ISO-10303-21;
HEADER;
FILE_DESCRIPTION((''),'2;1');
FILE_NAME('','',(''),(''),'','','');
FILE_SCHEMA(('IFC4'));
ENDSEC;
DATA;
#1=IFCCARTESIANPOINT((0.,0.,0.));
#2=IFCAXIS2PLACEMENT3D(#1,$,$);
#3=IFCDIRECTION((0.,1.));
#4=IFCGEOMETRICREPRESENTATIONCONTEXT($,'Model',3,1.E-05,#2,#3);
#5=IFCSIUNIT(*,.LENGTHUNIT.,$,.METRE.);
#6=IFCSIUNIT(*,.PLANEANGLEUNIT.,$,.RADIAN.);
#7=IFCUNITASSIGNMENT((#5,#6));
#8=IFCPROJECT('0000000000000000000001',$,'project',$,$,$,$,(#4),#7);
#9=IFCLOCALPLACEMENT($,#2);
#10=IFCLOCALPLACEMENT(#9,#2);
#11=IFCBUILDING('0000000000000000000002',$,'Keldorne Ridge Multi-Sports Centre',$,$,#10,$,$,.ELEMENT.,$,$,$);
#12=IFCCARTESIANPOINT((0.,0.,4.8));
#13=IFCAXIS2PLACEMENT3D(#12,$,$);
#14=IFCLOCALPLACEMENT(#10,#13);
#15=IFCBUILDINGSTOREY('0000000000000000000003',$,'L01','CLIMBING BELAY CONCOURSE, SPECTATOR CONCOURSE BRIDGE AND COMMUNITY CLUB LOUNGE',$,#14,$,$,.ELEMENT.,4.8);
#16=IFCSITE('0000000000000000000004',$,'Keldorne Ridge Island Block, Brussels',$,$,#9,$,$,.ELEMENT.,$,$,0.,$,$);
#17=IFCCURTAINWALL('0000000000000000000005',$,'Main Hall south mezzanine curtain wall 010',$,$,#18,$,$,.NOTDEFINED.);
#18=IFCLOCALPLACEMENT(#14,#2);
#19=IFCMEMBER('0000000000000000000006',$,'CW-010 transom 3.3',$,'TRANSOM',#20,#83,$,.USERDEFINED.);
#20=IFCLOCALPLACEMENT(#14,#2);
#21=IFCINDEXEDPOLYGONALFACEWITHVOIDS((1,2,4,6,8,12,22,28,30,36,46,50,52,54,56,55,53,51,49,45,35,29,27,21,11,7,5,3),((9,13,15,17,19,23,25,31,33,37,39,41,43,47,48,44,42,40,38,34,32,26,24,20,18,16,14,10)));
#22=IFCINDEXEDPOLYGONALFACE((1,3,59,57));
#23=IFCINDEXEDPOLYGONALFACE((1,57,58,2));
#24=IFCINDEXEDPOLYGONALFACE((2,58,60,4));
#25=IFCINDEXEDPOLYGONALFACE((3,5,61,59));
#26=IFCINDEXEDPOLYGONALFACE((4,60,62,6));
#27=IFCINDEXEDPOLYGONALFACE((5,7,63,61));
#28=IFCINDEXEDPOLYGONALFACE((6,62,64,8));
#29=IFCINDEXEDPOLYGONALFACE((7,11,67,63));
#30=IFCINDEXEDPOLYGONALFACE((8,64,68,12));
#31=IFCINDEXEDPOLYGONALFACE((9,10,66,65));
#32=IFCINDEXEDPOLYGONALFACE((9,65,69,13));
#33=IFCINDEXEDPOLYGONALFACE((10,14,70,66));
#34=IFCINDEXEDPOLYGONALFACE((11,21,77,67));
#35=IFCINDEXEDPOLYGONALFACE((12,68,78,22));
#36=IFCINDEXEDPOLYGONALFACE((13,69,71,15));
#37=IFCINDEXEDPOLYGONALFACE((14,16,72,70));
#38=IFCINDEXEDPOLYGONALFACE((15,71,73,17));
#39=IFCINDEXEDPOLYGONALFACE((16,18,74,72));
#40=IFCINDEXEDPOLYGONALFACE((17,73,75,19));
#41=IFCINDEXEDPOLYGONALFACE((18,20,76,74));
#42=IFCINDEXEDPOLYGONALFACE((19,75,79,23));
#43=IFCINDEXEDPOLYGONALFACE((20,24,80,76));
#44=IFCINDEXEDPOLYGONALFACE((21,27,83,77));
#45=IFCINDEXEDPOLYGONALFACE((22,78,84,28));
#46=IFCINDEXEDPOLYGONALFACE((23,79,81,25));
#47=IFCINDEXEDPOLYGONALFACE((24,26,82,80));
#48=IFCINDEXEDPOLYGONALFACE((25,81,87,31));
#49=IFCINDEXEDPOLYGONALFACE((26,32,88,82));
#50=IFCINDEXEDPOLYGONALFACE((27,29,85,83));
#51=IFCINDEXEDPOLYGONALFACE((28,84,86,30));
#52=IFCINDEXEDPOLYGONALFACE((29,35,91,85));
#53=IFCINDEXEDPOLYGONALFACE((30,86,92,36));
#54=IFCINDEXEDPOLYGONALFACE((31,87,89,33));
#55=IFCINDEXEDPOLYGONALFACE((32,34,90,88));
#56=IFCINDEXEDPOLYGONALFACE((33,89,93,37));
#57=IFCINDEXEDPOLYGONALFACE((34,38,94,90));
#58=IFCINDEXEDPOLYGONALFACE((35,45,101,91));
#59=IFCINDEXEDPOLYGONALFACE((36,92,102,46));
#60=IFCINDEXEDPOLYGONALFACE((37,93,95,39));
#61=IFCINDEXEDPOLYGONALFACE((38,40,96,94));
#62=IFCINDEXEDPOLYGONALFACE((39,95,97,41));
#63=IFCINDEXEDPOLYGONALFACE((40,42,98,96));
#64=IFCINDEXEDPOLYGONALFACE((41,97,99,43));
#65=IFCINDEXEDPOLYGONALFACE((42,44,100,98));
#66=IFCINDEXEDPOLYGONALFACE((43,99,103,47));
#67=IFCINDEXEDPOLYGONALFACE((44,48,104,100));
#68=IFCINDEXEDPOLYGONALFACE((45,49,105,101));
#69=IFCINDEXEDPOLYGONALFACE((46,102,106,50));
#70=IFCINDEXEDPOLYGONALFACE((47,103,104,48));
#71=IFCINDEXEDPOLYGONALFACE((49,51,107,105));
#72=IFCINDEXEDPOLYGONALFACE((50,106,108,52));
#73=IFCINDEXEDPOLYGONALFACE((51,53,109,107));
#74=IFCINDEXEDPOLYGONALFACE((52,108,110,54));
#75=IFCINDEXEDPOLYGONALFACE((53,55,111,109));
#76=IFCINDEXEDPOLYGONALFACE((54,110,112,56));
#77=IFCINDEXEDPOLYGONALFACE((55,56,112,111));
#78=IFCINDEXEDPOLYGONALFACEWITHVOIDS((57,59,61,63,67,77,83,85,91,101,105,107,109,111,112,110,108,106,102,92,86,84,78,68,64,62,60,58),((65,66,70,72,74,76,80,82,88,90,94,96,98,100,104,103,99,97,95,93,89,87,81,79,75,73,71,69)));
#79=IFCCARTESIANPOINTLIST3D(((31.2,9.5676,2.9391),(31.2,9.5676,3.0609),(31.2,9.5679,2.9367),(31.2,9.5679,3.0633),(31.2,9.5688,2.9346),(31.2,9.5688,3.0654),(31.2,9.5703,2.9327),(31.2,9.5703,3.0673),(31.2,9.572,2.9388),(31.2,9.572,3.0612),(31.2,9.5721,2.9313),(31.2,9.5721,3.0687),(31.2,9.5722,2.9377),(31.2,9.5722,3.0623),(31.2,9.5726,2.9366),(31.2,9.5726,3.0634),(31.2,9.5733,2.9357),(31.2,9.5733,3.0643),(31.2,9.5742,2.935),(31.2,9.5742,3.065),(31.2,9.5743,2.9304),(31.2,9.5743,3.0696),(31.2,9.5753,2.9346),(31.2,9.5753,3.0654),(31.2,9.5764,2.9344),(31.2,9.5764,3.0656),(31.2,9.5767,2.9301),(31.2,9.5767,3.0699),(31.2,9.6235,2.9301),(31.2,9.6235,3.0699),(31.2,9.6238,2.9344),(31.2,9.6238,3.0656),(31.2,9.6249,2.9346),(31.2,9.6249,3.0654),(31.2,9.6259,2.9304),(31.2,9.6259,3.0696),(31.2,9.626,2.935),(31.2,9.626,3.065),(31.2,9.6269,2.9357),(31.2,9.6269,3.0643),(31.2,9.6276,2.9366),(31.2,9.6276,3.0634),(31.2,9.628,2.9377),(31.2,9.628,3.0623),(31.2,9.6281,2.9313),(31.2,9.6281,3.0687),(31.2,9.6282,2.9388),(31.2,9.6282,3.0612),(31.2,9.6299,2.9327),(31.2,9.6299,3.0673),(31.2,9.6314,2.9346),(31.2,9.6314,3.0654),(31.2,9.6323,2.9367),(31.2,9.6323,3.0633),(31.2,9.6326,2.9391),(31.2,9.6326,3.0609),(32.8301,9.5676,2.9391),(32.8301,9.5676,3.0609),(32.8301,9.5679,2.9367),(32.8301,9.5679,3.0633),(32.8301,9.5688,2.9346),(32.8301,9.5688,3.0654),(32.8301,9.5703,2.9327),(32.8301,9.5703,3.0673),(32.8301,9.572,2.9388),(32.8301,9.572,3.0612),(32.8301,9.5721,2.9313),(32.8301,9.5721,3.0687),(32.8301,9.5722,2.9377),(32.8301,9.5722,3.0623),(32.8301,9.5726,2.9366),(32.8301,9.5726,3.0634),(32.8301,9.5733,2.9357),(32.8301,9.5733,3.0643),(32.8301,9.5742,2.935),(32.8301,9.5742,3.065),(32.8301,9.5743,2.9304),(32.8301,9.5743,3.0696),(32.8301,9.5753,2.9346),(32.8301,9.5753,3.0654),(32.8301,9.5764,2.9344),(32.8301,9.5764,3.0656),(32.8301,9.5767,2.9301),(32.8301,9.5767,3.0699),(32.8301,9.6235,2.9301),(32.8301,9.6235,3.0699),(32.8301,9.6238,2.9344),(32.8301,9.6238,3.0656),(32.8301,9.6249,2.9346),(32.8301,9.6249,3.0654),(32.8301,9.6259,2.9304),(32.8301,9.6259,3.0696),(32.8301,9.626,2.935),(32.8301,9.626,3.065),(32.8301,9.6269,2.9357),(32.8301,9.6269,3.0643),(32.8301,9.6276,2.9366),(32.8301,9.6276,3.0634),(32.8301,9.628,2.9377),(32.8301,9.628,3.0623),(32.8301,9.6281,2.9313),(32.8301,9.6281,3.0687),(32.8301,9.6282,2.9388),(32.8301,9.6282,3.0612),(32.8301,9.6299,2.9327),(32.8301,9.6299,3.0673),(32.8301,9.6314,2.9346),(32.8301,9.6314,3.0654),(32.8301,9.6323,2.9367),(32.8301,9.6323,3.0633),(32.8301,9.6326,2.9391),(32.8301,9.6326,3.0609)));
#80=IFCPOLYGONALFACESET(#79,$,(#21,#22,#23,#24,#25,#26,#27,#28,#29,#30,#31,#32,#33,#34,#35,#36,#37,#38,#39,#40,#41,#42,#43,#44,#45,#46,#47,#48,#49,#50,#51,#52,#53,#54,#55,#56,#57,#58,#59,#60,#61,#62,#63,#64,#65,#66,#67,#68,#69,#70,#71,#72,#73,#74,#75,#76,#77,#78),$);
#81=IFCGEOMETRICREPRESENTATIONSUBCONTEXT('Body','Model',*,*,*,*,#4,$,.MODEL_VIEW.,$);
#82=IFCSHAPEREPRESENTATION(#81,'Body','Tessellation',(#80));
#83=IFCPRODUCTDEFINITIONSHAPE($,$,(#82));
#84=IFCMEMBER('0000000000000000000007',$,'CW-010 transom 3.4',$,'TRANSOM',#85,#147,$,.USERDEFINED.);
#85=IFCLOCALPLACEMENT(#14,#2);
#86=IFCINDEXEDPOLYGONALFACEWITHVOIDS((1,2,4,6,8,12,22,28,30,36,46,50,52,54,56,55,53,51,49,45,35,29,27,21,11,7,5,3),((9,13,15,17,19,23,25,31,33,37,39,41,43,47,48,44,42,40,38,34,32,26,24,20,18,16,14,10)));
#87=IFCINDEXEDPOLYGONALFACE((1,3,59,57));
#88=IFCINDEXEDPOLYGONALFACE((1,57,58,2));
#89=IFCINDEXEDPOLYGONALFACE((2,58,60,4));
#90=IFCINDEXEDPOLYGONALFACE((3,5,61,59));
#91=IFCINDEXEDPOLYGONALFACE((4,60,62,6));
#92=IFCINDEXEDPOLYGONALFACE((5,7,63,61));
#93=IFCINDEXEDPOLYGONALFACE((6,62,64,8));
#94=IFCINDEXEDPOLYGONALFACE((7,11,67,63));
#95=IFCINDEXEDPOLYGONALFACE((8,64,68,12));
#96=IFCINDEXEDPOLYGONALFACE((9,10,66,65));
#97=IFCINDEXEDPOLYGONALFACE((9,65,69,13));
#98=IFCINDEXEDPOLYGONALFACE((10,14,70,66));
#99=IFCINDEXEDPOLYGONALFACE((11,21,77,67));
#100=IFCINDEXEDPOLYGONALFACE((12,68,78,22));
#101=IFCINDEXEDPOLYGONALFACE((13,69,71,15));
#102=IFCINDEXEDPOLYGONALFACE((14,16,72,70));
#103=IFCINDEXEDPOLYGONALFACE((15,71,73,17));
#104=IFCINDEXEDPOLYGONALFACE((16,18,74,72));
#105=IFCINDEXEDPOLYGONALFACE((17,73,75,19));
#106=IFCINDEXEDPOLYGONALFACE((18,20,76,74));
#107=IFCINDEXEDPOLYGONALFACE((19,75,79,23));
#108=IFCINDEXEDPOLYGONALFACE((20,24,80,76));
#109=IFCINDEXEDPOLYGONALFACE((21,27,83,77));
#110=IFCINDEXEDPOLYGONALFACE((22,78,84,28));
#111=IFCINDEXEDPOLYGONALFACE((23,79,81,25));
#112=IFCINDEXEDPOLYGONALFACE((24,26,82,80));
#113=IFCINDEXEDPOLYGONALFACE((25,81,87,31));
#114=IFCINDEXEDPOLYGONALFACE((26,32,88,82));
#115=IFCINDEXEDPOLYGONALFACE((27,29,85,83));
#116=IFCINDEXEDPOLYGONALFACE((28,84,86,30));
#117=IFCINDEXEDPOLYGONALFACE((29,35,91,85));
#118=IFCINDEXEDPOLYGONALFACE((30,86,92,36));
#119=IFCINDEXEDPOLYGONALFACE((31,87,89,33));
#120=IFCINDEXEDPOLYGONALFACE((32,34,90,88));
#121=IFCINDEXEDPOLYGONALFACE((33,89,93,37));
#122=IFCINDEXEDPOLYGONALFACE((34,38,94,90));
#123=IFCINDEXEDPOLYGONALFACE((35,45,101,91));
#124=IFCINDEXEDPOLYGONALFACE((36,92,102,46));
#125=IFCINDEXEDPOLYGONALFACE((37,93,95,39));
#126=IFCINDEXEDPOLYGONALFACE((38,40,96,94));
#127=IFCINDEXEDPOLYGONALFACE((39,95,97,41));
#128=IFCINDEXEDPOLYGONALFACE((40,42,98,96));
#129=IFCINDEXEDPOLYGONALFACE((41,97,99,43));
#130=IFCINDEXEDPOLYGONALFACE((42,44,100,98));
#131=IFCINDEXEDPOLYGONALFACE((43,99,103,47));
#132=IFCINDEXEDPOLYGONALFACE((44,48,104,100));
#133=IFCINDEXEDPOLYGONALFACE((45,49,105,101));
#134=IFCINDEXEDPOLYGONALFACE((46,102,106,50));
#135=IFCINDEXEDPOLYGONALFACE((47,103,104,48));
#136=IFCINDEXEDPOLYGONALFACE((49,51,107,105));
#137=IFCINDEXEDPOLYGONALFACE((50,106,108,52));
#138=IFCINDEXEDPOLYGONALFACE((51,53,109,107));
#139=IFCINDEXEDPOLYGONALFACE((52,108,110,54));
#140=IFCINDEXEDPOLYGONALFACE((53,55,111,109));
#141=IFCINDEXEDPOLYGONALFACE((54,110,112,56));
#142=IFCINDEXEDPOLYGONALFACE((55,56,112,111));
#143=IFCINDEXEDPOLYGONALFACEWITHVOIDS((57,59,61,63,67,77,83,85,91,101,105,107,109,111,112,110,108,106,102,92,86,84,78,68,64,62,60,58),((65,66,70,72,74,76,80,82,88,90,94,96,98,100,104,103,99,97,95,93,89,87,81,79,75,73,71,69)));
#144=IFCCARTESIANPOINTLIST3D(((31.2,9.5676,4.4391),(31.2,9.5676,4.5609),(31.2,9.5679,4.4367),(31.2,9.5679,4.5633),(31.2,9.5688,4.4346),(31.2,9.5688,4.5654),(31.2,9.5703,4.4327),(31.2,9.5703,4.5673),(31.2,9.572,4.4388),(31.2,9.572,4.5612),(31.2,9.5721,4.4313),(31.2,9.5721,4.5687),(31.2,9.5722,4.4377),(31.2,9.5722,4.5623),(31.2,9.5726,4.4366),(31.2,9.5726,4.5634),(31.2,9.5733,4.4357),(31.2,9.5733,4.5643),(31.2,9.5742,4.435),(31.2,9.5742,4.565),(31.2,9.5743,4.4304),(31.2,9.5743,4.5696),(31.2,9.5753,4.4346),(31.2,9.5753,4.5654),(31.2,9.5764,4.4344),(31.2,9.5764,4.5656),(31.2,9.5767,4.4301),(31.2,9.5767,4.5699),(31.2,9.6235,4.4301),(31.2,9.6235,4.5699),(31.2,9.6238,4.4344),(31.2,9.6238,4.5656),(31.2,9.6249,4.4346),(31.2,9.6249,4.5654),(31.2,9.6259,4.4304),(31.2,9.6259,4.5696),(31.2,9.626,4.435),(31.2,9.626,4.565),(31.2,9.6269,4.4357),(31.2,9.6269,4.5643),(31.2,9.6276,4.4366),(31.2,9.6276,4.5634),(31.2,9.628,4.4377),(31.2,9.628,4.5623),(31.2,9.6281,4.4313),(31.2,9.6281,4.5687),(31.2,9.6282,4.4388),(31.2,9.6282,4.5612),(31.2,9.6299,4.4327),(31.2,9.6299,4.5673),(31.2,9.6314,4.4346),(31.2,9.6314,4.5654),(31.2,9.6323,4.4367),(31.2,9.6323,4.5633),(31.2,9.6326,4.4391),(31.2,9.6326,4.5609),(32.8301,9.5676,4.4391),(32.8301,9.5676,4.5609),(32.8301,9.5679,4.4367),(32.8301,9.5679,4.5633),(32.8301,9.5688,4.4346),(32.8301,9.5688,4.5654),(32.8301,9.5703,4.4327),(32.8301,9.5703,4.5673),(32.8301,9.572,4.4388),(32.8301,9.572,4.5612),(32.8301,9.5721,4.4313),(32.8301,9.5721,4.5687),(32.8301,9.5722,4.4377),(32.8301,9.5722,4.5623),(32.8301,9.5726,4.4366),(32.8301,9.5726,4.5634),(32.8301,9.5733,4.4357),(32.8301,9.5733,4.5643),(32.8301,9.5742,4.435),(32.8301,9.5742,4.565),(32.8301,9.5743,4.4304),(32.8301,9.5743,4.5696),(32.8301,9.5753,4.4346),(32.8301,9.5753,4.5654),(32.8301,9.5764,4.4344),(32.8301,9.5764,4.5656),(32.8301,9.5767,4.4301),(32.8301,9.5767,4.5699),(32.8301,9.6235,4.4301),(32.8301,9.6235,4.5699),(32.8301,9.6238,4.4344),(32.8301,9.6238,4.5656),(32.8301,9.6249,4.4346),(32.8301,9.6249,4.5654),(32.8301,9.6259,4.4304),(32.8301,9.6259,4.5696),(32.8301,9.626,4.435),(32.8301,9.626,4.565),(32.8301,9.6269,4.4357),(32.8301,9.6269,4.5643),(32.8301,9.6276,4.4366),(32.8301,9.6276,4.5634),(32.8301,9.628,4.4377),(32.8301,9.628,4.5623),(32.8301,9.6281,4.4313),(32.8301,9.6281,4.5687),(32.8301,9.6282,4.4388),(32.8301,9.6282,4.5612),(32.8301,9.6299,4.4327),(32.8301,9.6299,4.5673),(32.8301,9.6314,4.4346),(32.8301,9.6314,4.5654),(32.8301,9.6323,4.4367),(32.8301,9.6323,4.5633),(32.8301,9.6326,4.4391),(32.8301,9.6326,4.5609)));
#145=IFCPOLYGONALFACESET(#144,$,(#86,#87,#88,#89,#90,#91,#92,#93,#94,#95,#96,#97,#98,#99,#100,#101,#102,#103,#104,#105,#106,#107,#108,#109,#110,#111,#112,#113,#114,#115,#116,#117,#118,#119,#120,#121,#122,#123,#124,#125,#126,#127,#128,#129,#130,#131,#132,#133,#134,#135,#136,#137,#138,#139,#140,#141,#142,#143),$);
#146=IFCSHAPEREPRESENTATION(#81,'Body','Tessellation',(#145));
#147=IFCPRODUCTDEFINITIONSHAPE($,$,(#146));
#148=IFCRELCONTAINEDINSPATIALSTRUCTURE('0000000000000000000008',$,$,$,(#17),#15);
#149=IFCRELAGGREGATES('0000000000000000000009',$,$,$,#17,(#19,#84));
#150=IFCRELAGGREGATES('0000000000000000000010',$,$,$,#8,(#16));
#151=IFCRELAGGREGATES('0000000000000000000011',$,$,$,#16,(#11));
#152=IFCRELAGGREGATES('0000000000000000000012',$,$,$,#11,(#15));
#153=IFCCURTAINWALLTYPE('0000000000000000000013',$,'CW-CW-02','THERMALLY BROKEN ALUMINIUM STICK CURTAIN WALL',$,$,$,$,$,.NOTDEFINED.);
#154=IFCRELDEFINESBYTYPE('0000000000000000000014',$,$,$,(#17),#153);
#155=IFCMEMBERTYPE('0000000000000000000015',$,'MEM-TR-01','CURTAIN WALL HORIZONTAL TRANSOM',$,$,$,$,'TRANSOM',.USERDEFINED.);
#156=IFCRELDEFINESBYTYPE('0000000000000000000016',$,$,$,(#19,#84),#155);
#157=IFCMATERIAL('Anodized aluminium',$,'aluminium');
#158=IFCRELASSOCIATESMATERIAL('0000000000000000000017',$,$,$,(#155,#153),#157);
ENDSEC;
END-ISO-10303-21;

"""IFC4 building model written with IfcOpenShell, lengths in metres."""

from ifc_helpers import new_model, si_unit, direction, frame, origin, origin_2d, place, context, subcontext, project, spatial, hollow_rectangle, extrude, material, material_profile, profile_set, type_object, element, aggregate, save


model = new_model("IFC4")

# Units and contexts
model_context = context("Model", 3, precision=1e-05, world=origin(), true_north=direction((0.0, 1.0)))
body_context = subcontext(model_context, "Body", "Model", "MODEL_VIEW")
ifc_project = project(units=[si_unit("LENGTHUNIT", "METRE"), si_unit("PLANEANGLEUNIT", "RADIAN")], contexts=[model_context])

# Site, building, storey
site_placement = place(None, origin())
site = spatial("IfcSite", under=ifc_project, at=site_placement, Name="Keldorne Ridge Island Block, Brussels", CompositionType="ELEMENT", RefElevation=0.0)
building_placement = place(site_placement, origin())
building = spatial("IfcBuilding", under=site, at=building_placement, Name="Keldorne Ridge Multi-Sports Centre", CompositionType="ELEMENT")
storey_placement = place(building_placement, frame((0.0, 0.0, 4.8)))
storey = spatial("IfcBuildingStorey", under=building, at=storey_placement, Name="L01", Description="CLIMBING BELAY CONCOURSE, SPECTATOR CONCOURSE BRIDGE AND COMMUNITY CLUB LOUNGE", CompositionType="ELEMENT", Elevation=4.8)

# Curtain wall, members
ifc_material_1 = material(Name="Anodized aluminium", Category="aluminium")
ifc_material_profile_1 = material_profile(ifc_material_1, hollow_rectangle(XDim=0.0649, YDim=0.1399, WallThickness=0.0044, InnerFilletRadius=0.0044, OuterFilletRadius=0.009, at=origin_2d()), Name="ALU TRANSOM 140x65x4.5")
ifc_profile_set_1 = profile_set([ifc_material_profile_1], Name="Anodized aluminium")
member_type = type_object("IfcMemberType", Name="MEM-TR-01", Description="CURTAIN WALL HORIZONTAL TRANSOM", ElementType="TRANSOM", PredefinedType="USERDEFINED", material=ifc_profile_set_1)
curtain_wall_type_1 = type_object("IfcCurtainWallType", Name="CW-CW-02", Description="THERMALLY BROKEN ALUMINIUM STICK CURTAIN WALL", PredefinedType="NOTDEFINED", material=ifc_material_1)
curtain_wall_1_placement = place(storey_placement, origin())
curtain_wall_1 = element("IfcCurtainWall", 1, at=curtain_wall_1_placement, inside=storey, type_object=curtain_wall_type_1, Name="Main Hall south mezzanine curtain wall 010", PredefinedType="NOTDEFINED")
member_1_placement = place(storey_placement, frame((31.2, 9.6001, 3.0), z_axis=(1.0, 0.0, 0.0), x_axis=(0.0, 1.0, 0.0)))
member_1 = element("IfcMember", 2, at=member_1_placement, type_object=member_type, Name="CW-010 transom 3.3", ObjectType="TRANSOM", PredefinedType="USERDEFINED", context=body_context, shape_type="SweptSolid", body=[
    extrude(hollow_rectangle(XDim=0.0649, YDim=0.1399, WallThickness=0.0044, InnerFilletRadius=0.0044, OuterFilletRadius=0.009, at=origin_2d()), origin(), (0.0, 0.0, 1.0), 1.6301),
])
member_2_placement = place(storey_placement, frame((31.2, 9.6001, 4.5), z_axis=(1.0, 0.0, 0.0), x_axis=(0.0, 1.0, 0.0)))
member_2 = element("IfcMember", 3, at=member_2_placement, type_object=member_type, Name="CW-010 transom 3.4", ObjectType="TRANSOM", PredefinedType="USERDEFINED", context=body_context, shape_type="SweptSolid", body=[
    extrude(hollow_rectangle(XDim=0.0649, YDim=0.1399, WallThickness=0.0044, InnerFilletRadius=0.0044, OuterFilletRadius=0.009, at=origin_2d()), origin(), (0.0, 0.0, 1.0), 1.6301),
])

aggregate(curtain_wall_1, [member_1, member_2])

save(model, "model.ifc")
